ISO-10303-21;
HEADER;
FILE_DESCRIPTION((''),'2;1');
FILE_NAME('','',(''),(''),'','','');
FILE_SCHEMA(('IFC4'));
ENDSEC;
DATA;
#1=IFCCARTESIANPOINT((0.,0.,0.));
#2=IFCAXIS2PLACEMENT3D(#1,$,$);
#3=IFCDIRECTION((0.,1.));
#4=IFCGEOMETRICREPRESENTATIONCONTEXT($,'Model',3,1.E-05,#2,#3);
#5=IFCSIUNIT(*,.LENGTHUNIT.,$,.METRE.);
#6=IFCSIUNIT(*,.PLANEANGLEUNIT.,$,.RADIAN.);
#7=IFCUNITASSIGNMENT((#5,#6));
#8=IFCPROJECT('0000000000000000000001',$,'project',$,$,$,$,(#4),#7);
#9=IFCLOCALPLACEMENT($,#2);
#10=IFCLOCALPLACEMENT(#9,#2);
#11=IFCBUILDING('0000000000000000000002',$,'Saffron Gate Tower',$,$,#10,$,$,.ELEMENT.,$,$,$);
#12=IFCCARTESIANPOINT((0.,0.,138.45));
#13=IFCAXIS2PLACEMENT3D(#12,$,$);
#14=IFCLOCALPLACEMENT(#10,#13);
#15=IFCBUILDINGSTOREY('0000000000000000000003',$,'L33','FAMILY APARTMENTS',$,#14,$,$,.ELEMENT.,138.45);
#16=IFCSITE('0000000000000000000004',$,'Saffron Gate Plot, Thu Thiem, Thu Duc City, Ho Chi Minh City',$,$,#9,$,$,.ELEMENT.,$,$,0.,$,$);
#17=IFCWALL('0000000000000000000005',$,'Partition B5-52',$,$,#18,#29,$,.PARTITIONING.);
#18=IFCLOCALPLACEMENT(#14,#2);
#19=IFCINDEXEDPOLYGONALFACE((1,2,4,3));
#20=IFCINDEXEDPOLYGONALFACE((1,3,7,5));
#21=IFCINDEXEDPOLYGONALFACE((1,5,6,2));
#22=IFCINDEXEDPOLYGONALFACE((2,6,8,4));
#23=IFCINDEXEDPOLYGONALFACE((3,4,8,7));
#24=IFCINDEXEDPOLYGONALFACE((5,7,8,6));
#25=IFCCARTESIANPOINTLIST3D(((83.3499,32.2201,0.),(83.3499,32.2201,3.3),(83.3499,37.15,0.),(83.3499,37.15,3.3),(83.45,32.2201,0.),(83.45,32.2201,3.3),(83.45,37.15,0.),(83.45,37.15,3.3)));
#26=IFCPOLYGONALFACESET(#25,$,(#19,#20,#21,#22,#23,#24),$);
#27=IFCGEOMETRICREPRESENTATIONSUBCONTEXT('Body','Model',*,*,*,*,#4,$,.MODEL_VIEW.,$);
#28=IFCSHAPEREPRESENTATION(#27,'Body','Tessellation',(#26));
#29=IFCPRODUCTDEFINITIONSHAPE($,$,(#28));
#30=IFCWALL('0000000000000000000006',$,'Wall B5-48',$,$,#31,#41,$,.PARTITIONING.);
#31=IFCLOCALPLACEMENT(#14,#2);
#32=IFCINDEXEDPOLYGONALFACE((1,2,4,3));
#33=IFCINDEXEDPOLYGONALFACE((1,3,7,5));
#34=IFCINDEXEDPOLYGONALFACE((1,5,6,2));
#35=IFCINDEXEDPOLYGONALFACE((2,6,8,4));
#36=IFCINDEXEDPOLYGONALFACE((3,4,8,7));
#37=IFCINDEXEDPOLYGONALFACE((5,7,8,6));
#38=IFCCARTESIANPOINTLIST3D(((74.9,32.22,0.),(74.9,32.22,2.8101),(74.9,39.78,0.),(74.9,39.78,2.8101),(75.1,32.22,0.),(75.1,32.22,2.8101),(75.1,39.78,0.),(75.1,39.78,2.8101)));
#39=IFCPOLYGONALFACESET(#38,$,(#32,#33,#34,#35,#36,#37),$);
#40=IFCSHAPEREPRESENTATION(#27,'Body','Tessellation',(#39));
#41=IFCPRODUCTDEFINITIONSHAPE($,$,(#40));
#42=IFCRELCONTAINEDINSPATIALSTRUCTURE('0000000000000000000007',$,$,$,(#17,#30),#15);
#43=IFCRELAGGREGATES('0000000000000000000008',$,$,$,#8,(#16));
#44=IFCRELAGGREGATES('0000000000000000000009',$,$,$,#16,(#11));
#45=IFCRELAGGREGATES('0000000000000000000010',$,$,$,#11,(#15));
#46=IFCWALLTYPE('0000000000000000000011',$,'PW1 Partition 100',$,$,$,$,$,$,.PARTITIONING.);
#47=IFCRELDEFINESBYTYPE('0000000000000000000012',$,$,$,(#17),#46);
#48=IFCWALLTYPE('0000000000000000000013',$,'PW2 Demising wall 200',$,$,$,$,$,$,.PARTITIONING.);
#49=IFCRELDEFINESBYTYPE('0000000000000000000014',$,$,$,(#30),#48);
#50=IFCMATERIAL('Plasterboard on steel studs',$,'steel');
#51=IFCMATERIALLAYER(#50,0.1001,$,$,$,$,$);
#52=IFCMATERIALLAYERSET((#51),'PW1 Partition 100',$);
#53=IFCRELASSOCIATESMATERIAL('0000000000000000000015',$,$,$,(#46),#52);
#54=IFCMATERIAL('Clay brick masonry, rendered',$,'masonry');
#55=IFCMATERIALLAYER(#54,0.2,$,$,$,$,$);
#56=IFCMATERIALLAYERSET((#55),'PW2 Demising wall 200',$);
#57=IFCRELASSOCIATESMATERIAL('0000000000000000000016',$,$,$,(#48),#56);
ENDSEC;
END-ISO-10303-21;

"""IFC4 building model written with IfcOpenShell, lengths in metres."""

from ifc_helpers import new_model, si_unit, direction, frame, frame_2d, origin, place, context, subcontext, project, spatial, rectangle, extrude, material, layer, layer_set, type_object, element, save


model = new_model("IFC4")

# Units and contexts
model_context = context("Model", 3, precision=1e-05, world=origin(), true_north=direction((0.0, 1.0)))
body_context = subcontext(model_context, "Body", "Model", "MODEL_VIEW")
ifc_project = project(units=[si_unit("LENGTHUNIT", "METRE"), si_unit("PLANEANGLEUNIT", "RADIAN")], contexts=[model_context])

# Site, building, storey
site_placement = place(None, origin())
site = spatial("IfcSite", under=ifc_project, at=site_placement, Name="Saffron Gate Plot, Thu Thiem, Thu Duc City, Ho Chi Minh City", CompositionType="ELEMENT", RefElevation=0.0)
building_placement = place(site_placement, origin())
building = spatial("IfcBuilding", under=site, at=building_placement, Name="Saffron Gate Tower", CompositionType="ELEMENT")
storey_placement = place(building_placement, frame((0.0, 0.0, 138.45)))
storey = spatial("IfcBuildingStorey", under=building, at=storey_placement, Name="L33", Description="FAMILY APARTMENTS", CompositionType="ELEMENT", Elevation=138.45)

# Walls
ifc_material_1 = material(Name="Plasterboard on steel studs", Category="steel")
ifc_layer_1 = layer(ifc_material_1, 0.1001)
ifc_layer_set_1 = layer_set([ifc_layer_1], Name="PW1 Partition 100")
wall_type_1 = type_object("IfcWallType", Name="PW1 Partition 100", PredefinedType="PARTITIONING", material=ifc_layer_set_1)
wall_1_placement = place(storey_placement, frame((83.3999, 37.1499, 0.0), z_axis=(0.0, 0.0, 1.0), x_axis=(0.0, -1.0, 0.0)))
element("IfcWall", 1, at=wall_1_placement, inside=storey, type_object=wall_type_1, Name="Partition B5-52", PredefinedType="PARTITIONING", context=body_context, shape_type="SweptSolid", body=[
    extrude(rectangle(XDim=4.9299, YDim=0.1001, at=frame_2d((2.4648, 0.0))), origin(), (0.0, 0.0, 1.0), 3.3),
])
ifc_material_2 = material(Name="Clay brick masonry, rendered", Category="masonry")
ifc_layer_2 = layer(ifc_material_2, 0.2)
ifc_layer_set_2 = layer_set([ifc_layer_2], Name="PW2 Demising wall 200")
wall_type_2 = type_object("IfcWallType", Name="PW2 Demising wall 200", PredefinedType="PARTITIONING", material=ifc_layer_set_2)
wall_2_placement = place(storey_placement, frame((75.0, 39.78, 0.0), z_axis=(0.0, 0.0, 1.0), x_axis=(0.0, -1.0, 0.0)))
element("IfcWall", 2, at=wall_2_placement, inside=storey, type_object=wall_type_2, Name="Wall B5-48", PredefinedType="PARTITIONING", context=body_context, shape_type="SweptSolid", body=[
    extrude(rectangle(XDim=7.5601, YDim=0.2, at=frame_2d((3.78, 0.0))), origin(), (0.0, 0.0, 1.0), 2.8101),
])

save(model, "model.ifc")
